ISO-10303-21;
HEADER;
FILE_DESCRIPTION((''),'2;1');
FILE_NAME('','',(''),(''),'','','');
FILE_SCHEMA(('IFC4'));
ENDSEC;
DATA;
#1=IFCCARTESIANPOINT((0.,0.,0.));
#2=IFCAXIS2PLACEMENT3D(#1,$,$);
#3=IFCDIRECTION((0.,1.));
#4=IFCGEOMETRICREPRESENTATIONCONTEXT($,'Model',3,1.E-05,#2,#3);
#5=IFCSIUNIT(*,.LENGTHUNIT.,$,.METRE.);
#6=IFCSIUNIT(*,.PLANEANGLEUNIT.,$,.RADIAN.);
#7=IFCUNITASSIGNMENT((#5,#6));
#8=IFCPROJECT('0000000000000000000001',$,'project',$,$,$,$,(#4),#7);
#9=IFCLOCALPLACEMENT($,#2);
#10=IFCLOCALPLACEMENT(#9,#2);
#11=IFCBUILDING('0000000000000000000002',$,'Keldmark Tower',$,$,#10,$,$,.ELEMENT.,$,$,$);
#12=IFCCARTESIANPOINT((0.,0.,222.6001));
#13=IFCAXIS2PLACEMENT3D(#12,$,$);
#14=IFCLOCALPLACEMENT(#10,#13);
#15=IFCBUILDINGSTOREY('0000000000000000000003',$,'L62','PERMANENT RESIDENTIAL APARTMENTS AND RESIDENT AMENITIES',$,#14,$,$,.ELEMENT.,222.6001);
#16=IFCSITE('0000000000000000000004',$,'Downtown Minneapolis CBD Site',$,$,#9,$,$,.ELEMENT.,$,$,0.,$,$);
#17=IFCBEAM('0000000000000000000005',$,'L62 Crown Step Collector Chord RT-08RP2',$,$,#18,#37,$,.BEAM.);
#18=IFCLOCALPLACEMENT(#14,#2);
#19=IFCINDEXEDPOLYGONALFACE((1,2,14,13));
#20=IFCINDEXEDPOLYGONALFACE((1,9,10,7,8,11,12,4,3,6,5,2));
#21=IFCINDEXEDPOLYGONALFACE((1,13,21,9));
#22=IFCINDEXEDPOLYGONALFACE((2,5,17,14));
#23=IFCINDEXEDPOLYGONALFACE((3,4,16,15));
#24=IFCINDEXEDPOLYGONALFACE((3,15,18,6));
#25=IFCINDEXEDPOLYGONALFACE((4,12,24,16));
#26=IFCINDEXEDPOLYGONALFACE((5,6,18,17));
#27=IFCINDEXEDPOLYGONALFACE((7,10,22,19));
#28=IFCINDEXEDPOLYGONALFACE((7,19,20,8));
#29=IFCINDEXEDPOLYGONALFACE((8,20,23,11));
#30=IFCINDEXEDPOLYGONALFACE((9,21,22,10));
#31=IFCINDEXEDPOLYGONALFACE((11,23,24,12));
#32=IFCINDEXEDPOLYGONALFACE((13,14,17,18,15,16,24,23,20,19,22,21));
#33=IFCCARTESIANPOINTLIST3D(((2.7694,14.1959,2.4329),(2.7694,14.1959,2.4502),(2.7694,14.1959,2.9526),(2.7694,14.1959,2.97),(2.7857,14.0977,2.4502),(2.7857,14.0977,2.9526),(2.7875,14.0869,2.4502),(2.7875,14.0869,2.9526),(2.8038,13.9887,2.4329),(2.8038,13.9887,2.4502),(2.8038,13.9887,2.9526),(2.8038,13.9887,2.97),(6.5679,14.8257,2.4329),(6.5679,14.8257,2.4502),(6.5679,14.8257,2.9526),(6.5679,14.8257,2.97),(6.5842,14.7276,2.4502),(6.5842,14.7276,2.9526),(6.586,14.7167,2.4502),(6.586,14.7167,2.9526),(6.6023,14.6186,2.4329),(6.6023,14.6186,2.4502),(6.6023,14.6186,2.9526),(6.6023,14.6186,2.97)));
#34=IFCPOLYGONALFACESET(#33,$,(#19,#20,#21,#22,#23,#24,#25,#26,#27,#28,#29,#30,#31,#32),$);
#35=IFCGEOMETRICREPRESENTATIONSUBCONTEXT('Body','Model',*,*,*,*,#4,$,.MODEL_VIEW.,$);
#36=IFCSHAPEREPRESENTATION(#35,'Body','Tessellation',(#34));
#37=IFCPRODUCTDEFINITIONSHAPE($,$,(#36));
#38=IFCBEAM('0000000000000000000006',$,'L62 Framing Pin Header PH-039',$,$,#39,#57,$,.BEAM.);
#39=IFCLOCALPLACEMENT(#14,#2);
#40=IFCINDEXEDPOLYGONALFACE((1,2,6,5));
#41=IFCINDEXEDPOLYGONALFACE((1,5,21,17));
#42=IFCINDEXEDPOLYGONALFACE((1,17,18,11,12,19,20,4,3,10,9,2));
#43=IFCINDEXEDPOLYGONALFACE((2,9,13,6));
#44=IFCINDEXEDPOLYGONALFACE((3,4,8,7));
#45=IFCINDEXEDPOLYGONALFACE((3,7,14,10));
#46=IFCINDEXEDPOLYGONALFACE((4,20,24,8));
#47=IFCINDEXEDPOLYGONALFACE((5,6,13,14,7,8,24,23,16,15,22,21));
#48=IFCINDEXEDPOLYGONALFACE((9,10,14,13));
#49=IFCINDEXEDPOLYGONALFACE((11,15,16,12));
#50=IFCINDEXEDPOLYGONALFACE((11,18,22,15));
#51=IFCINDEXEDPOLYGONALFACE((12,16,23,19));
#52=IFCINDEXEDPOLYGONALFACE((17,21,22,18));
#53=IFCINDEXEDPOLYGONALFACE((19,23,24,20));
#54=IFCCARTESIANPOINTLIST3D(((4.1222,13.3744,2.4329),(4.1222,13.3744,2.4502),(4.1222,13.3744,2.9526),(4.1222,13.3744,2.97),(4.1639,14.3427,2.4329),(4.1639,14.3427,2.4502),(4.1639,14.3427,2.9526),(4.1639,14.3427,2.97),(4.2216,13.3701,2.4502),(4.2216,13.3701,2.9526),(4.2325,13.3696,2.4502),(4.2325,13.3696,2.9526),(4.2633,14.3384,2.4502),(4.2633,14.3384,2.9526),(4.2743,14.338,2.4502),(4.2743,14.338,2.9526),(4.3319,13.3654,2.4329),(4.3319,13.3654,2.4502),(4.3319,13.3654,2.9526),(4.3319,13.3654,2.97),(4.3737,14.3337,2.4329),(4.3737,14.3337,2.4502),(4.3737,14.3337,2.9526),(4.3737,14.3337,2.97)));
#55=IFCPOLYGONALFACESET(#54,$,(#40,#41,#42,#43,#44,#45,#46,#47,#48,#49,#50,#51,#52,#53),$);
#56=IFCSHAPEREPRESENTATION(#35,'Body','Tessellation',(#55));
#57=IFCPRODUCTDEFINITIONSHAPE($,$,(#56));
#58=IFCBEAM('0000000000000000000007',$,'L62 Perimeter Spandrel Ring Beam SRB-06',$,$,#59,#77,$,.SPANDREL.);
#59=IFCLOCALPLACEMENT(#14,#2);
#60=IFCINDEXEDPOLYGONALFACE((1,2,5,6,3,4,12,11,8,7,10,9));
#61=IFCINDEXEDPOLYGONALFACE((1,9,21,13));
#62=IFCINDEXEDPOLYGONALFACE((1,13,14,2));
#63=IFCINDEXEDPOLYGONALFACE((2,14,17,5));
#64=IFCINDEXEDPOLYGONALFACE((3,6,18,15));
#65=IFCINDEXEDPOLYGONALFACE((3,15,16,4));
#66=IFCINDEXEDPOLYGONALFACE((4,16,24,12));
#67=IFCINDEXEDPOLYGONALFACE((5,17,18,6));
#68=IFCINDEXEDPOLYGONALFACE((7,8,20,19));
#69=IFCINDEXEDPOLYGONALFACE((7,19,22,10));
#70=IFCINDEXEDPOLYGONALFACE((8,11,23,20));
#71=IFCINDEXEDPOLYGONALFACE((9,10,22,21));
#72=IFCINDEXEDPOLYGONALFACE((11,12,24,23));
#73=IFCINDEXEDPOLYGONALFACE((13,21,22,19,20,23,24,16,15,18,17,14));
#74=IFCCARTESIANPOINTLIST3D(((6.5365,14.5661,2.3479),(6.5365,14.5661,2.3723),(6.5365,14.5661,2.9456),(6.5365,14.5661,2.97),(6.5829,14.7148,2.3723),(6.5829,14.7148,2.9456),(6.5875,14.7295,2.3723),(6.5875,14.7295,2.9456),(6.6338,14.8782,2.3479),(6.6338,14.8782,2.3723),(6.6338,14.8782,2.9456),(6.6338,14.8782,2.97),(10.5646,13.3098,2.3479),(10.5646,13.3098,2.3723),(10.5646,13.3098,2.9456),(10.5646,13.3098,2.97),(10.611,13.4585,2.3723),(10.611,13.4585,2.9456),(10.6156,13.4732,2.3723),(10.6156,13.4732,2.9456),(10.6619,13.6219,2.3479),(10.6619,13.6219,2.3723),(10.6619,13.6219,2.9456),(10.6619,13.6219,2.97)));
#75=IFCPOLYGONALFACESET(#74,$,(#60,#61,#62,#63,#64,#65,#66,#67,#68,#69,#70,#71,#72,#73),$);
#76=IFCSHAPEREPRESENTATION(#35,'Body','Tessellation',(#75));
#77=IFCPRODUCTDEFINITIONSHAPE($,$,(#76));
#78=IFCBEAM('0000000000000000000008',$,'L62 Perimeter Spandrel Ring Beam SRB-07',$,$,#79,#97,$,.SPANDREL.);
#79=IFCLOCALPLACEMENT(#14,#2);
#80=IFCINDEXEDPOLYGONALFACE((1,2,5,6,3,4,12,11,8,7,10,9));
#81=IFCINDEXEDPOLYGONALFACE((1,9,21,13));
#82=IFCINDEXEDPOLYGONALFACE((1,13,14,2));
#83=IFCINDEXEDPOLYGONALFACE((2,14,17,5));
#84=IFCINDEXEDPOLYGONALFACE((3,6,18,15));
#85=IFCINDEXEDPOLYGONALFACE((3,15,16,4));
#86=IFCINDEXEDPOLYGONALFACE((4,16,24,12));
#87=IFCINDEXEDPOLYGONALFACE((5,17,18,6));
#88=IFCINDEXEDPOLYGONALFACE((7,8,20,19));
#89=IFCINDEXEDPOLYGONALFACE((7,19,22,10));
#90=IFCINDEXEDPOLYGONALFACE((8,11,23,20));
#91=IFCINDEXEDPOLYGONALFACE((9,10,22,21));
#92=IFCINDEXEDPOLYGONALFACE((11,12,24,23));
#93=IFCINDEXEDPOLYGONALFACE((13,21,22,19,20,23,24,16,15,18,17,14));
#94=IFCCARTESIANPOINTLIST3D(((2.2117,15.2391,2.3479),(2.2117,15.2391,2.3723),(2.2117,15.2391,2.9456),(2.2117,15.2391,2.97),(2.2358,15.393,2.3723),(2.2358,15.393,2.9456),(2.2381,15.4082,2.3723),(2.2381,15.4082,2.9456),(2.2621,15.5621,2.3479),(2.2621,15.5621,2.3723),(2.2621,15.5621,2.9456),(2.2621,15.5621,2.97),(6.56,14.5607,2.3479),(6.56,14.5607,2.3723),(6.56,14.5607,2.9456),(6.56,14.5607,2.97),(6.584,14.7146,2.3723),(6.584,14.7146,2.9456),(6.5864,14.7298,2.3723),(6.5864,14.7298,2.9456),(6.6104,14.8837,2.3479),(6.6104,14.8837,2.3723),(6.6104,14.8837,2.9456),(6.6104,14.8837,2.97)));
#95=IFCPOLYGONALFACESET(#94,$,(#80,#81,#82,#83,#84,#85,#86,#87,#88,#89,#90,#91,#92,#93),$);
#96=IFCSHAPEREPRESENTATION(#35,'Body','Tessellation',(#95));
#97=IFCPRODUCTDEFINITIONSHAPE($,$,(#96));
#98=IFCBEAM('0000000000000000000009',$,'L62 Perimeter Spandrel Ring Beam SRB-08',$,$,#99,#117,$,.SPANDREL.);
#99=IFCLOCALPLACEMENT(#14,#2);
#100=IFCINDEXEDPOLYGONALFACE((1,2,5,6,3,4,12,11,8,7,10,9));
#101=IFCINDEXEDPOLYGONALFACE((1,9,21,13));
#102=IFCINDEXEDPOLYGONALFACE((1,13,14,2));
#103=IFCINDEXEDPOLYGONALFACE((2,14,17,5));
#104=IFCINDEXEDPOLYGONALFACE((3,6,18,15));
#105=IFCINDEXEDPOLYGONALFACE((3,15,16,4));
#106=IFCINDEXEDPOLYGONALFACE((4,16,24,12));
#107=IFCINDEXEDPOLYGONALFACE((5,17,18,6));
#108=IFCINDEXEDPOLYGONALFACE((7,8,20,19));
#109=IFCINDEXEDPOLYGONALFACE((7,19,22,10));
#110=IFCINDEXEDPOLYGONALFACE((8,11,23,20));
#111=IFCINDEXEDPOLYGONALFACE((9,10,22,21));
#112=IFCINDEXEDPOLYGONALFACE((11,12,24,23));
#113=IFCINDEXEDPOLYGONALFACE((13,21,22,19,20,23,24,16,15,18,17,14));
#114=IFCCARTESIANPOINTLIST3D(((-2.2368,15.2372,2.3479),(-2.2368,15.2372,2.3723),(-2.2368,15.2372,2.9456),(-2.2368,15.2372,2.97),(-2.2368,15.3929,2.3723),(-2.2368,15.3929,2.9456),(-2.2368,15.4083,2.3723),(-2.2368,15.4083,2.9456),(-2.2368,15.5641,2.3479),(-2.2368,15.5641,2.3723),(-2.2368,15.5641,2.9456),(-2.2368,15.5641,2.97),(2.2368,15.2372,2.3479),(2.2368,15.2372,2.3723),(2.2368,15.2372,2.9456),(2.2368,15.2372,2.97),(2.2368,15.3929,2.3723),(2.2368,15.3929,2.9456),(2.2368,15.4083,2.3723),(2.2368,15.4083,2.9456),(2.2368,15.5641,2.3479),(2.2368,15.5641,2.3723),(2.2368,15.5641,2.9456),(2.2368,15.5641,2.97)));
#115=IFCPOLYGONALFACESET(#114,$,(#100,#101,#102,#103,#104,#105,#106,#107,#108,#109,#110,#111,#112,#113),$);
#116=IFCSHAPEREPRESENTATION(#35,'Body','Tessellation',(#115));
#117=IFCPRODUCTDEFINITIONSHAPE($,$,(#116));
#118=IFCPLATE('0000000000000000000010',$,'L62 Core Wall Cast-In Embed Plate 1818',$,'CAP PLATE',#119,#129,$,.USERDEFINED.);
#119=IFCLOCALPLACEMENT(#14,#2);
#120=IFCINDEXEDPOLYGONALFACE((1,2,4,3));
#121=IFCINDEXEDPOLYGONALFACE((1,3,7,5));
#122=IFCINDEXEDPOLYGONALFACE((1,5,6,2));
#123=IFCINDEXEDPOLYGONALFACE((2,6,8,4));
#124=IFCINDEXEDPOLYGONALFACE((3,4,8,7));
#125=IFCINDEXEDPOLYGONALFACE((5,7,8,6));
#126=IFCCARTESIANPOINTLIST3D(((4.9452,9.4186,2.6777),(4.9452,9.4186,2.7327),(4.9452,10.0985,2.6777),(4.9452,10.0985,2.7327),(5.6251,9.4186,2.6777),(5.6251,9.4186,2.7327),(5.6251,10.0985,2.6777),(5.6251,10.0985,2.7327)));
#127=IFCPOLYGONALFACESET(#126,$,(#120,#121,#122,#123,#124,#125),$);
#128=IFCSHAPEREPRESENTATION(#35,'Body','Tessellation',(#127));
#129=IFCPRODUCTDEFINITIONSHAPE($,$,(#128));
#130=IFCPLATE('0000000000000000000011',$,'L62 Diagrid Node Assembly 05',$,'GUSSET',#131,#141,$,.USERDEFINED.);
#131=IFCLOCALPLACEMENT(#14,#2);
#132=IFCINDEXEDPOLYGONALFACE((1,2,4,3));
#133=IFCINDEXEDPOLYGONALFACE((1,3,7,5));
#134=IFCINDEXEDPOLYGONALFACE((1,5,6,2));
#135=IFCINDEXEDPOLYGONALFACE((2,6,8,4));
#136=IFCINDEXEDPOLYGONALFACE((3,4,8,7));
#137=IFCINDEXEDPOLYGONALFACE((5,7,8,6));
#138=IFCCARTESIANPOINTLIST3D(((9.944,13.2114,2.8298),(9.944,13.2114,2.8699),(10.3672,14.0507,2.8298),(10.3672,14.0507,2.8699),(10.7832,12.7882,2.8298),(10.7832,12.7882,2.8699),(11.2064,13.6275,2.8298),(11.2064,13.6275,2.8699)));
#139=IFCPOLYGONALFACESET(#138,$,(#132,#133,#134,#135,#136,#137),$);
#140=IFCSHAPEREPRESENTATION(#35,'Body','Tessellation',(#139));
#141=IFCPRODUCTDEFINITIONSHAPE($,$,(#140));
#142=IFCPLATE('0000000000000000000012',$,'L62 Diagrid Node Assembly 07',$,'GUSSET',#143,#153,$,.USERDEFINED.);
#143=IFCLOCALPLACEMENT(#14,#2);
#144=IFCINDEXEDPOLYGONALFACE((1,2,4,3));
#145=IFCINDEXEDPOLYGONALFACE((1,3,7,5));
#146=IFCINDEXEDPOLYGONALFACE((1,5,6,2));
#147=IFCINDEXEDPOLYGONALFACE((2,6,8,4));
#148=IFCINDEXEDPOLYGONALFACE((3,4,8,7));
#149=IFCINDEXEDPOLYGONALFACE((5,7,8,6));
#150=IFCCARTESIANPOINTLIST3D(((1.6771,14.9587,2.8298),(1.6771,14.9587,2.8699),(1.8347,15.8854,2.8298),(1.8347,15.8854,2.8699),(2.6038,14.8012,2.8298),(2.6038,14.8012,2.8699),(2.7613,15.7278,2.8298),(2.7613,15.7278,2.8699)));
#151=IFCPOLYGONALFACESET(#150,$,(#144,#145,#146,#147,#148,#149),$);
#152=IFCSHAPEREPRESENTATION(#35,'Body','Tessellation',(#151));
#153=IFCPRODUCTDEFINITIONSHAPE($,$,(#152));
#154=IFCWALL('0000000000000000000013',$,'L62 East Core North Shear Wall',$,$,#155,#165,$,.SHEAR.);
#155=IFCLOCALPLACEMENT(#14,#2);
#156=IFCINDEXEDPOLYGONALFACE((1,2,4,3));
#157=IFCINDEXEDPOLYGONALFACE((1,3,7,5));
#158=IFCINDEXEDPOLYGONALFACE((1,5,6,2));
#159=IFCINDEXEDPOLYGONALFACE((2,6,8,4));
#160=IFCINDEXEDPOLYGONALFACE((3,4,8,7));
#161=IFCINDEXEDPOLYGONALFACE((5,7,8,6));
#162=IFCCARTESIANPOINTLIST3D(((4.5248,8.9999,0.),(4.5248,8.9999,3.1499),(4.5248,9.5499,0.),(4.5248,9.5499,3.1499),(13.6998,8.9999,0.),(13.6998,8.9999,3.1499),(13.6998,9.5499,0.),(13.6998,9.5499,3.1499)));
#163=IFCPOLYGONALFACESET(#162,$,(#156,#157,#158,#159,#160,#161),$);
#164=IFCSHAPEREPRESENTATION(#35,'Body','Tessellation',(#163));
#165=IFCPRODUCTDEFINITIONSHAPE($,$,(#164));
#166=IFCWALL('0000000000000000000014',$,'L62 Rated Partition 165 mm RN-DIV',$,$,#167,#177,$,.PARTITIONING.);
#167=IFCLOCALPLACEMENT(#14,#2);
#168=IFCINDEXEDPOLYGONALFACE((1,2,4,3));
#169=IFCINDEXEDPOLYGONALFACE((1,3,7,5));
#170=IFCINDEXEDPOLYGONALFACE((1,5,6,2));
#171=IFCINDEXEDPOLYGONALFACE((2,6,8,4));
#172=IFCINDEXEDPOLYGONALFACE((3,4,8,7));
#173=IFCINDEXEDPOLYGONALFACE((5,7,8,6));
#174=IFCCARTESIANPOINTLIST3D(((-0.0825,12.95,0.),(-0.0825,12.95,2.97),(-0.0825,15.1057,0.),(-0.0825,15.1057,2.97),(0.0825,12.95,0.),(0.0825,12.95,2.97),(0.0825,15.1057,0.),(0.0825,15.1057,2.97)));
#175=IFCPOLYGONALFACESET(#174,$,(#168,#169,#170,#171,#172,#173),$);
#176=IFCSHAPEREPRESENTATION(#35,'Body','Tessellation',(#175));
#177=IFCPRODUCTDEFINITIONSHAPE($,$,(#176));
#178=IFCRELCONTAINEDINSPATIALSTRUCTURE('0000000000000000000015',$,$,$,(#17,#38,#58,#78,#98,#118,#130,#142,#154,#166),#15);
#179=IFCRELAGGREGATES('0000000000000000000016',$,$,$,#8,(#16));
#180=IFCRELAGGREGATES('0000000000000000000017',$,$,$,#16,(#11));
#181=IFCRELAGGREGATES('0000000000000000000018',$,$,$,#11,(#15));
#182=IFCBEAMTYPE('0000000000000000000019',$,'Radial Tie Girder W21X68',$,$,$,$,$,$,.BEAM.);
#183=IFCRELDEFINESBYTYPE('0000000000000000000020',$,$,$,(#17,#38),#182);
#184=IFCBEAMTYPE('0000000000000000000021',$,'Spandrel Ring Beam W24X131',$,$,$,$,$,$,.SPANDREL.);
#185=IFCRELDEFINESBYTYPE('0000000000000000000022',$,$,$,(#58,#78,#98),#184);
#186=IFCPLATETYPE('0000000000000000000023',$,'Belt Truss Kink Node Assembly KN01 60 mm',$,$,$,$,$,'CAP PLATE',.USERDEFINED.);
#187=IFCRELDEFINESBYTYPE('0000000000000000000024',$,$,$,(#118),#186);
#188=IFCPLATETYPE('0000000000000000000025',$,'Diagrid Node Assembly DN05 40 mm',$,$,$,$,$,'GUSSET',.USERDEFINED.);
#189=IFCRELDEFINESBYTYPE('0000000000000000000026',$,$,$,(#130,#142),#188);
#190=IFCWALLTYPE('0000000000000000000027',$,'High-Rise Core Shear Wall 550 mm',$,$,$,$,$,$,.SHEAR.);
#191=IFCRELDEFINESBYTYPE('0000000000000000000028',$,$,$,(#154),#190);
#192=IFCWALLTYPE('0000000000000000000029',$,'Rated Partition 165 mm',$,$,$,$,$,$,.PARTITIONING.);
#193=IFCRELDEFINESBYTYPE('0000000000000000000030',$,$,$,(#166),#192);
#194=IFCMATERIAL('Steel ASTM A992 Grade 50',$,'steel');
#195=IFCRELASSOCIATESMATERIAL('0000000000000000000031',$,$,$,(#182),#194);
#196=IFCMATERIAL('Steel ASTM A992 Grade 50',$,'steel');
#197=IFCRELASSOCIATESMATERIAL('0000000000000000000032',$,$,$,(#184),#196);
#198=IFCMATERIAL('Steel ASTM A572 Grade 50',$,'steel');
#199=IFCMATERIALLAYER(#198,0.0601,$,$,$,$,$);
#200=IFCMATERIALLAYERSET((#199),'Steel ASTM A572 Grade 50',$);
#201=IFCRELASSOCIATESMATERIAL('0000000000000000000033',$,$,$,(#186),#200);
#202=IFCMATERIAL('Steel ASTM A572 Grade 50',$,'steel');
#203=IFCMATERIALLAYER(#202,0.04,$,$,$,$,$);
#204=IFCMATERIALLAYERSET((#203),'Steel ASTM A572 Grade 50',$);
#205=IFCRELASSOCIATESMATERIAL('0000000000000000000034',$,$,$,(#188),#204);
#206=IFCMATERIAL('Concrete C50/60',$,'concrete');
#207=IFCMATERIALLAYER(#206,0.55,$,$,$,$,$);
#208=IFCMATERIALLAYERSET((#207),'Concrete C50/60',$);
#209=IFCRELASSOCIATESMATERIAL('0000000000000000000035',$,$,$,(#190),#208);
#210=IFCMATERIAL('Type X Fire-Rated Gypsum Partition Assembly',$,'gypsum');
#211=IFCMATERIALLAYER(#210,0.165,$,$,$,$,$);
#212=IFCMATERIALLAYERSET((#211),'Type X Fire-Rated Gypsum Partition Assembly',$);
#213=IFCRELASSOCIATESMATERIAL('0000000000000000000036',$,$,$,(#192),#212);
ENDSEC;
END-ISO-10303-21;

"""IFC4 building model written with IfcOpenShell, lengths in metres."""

from ifc_helpers import new_model, si_unit, direction, frame, frame_2d, origin, origin_2d, place, context, subcontext, project, spatial, rectangle, i_section, extrude, material, layer, layer_set, material_profile, profile_set, type_object, element, save


model = new_model("IFC4")

# Units and contexts
model_context = context("Model", 3, precision=1e-05, world=origin(), true_north=direction((0.0, 1.0)))
body_context = subcontext(model_context, "Body", "Model", "MODEL_VIEW")
ifc_project = project(units=[si_unit("LENGTHUNIT", "METRE"), si_unit("PLANEANGLEUNIT", "RADIAN")], contexts=[model_context])

# Site, building, storey
site_placement = place(None, origin())
site = spatial("IfcSite", under=ifc_project, at=site_placement, Name="Downtown Minneapolis CBD Site", CompositionType="ELEMENT", RefElevation=0.0)
building_placement = place(site_placement, origin())
building = spatial("IfcBuilding", under=site, at=building_placement, Name="Keldmark Tower", CompositionType="ELEMENT")
storey_placement = place(building_placement, frame((0.0, 0.0, 222.6001)))
storey = spatial("IfcBuildingStorey", under=building, at=storey_placement, Name="L62", Description="PERMANENT RESIDENTIAL APARTMENTS AND RESIDENT AMENITIES", CompositionType="ELEMENT", Elevation=222.6001)

# Beams
ifc_material_1 = material(Name="Steel ASTM A992 Grade 50", Category="steel")
ifc_material_profile_1 = material_profile(ifc_material_1, i_section(OverallWidth=0.21, OverallDepth=0.5371, WebThickness=0.011, FlangeThickness=0.0173, at=origin_2d()), Name="W21X68")
ifc_profile_set_1 = profile_set([ifc_material_profile_1], Name="Steel ASTM A992 Grade 50")
beam_type_1 = type_object("IfcBeamType", Name="Radial Tie Girder W21X68", PredefinedType="BEAM", material=ifc_profile_set_1)
beam_1_placement = place(storey_placement, frame((2.7866, 14.0923, 2.7014), z_axis=(0.986529, 0.163587, 0.0), x_axis=(-0.163587, 0.986529, 0.0)))
element("IfcBeam", 1, at=beam_1_placement, inside=storey, type_object=beam_type_1, Name="L62 Crown Step Collector Chord RT-08RP2", PredefinedType="BEAM", context=body_context, shape_type="SweptSolid", body=[
    extrude(i_section(OverallWidth=0.21, OverallDepth=0.5371, WebThickness=0.011, FlangeThickness=0.0173, at=origin_2d()), origin(), (0.0, 0.0, 1.0), 3.8503),
])
beam_2_placement = place(storey_placement, frame((4.2271, 13.3699, 2.7014), z_axis=(0.043076, 0.999072, 0.0), x_axis=(-0.999072, 0.043076, 0.0)))
element("IfcBeam", 2, at=beam_2_placement, inside=storey, type_object=beam_type_1, Name="L62 Framing Pin Header PH-039", PredefinedType="BEAM", context=body_context, shape_type="SweptSolid", body=[
    extrude(i_section(OverallWidth=0.21, OverallDepth=0.5371, WebThickness=0.011, FlangeThickness=0.0173, at=origin_2d()), origin(), (0.0, 0.0, 1.0), 0.9692),
])
ifc_material_2 = material(Name="Steel ASTM A992 Grade 50", Category="steel")
ifc_material_profile_2 = material_profile(ifc_material_2, i_section(OverallWidth=0.3269, OverallDepth=0.6221, WebThickness=0.0154, FlangeThickness=0.0244, at=origin_2d()), Name="W24X131")
ifc_profile_set_2 = profile_set([ifc_material_profile_2], Name="Steel ASTM A992 Grade 50")
beam_type_2 = type_object("IfcBeamType", Name="Spandrel Ring Beam W24X131", PredefinedType="SPANDREL", material=ifc_profile_set_2)
beam_3_placement = place(storey_placement, frame((10.6133, 13.4658, 2.6589), z_axis=(-0.954644, 0.297751, 0.0), x_axis=(-0.297751, -0.954644, 0.0)))
element("IfcBeam", 3, at=beam_3_placement, inside=storey, type_object=beam_type_2, Name="L62 Perimeter Spandrel Ring Beam SRB-06", PredefinedType="SPANDREL", context=body_context, shape_type="SweptSolid", body=[
    extrude(i_section(OverallWidth=0.3269, OverallDepth=0.6221, WebThickness=0.0154, FlangeThickness=0.0244, at=origin_2d()), origin(), (0.0, 0.0, 1.0), 4.2195),
])
beam_4_placement = place(storey_placement, frame((6.5852, 14.7222, 2.6589), z_axis=(-0.988046, 0.154162, 0.0), x_axis=(-0.154162, -0.988046, 0.0)))
element("IfcBeam", 4, at=beam_4_placement, inside=storey, type_object=beam_type_2, Name="L62 Perimeter Spandrel Ring Beam SRB-07", PredefinedType="SPANDREL", context=body_context, shape_type="SweptSolid", body=[
    extrude(i_section(OverallWidth=0.3269, OverallDepth=0.6221, WebThickness=0.0154, FlangeThickness=0.0244, at=origin_2d()), origin(), (0.0, 0.0, 1.0), 4.4009),
])
beam_5_placement = place(storey_placement, frame((2.2368, 15.4006, 2.6589), z_axis=(-1.0, 0.0, 0.0), x_axis=(0.0, -1.0, 0.0)))
element("IfcBeam", 5, at=beam_5_placement, inside=storey, type_object=beam_type_2, Name="L62 Perimeter Spandrel Ring Beam SRB-08", PredefinedType="SPANDREL", context=body_context, shape_type="SweptSolid", body=[
    extrude(i_section(OverallWidth=0.3269, OverallDepth=0.6221, WebThickness=0.0154, FlangeThickness=0.0244, at=origin_2d()), origin(), (0.0, 0.0, 1.0), 4.4736),
])

# Plates
ifc_material_3 = material(Name="Steel ASTM A572 Grade 50", Category="steel")
ifc_layer_1 = layer(ifc_material_3, 0.0601)
ifc_layer_set_1 = layer_set([ifc_layer_1], Name="Steel ASTM A572 Grade 50")
plate_type_1 = type_object("IfcPlateType", Name="Belt Truss Kink Node Assembly KN01 60 mm", ElementType="CAP PLATE", PredefinedType="USERDEFINED", material=ifc_layer_set_1)
plate_placement = place(storey_placement, frame((5.2852, 9.7585, 2.6777), z_axis=(0.0, 0.0, 1.0), x_axis=(1.0, 0.0, 0.0)))
element("IfcPlate", 6, at=plate_placement, inside=storey, type_object=plate_type_1, Name="L62 Core Wall Cast-In Embed Plate 1818", ObjectType="CAP PLATE", PredefinedType="USERDEFINED", context=body_context, shape_type="SweptSolid", body=[
    extrude(rectangle(XDim=0.6799, YDim=0.6799, at=origin_2d()), origin(), (0.0, 0.0, 1.0), 0.0549),
])
ifc_material_4 = material(Name="Steel ASTM A572 Grade 50", Category="steel")
ifc_layer_2 = layer(ifc_material_4, 0.04)
ifc_layer_set_2 = layer_set([ifc_layer_2], Name="Steel ASTM A572 Grade 50")
plate_type_2 = type_object("IfcPlateType", Name="Diagrid Node Assembly DN05 40 mm", ElementType="GUSSET", PredefinedType="USERDEFINED", material=ifc_layer_set_2)
for number, where, z_axis, x_axis, name in (
    (7, (10.5752, 13.4194, 2.8298), (0.0, 0.0, 1.0), (-0.8929, 0.450254, 0.0), "L62 Diagrid Node Assembly 05"),
    (8, (2.2192, 15.3433, 2.8298), (0.0, 0.0, 1.0), (-0.98585, 0.167629, 0.0), "L62 Diagrid Node Assembly 07"),
):
    element("IfcPlate", number, at=place(storey_placement, frame(where, z_axis=z_axis, x_axis=x_axis)), inside=storey, type_object=plate_type_2, Name=name, ObjectType="GUSSET", PredefinedType="USERDEFINED", context=body_context, shape_type="SweptSolid", body=[
        extrude(rectangle(XDim=0.9399, YDim=0.9399, at=origin_2d()), origin(), (0.0, 0.0, 1.0), 0.04),
    ])

# Walls
ifc_material_5 = material(Name="Concrete C50/60", Category="concrete")
ifc_layer_3 = layer(ifc_material_5, 0.55)
ifc_layer_set_3 = layer_set([ifc_layer_3], Name="Concrete C50/60")
wall_type_1 = type_object("IfcWallType", Name="High-Rise Core Shear Wall 550 mm", PredefinedType="SHEAR", material=ifc_layer_set_3)
wall_1_placement = place(storey_placement, frame((4.5249, 9.2749, 0.0), z_axis=(0.0, 0.0, 1.0), x_axis=(1.0, 0.0, 0.0)))
element("IfcWall", 9, at=wall_1_placement, inside=storey, type_object=wall_type_1, Name="L62 East Core North Shear Wall", PredefinedType="SHEAR", context=body_context, shape_type="SweptSolid", body=[
    extrude(rectangle(XDim=9.175, YDim=0.55, at=frame_2d((4.5874, 0.0))), origin(), (0.0, 0.0, 1.0), 3.1499),
])
ifc_material_6 = material(Name="Type X Fire-Rated Gypsum Partition Assembly", Category="gypsum")
ifc_layer_4 = layer(ifc_material_6, 0.165)
ifc_layer_set_4 = layer_set([ifc_layer_4], Name="Type X Fire-Rated Gypsum Partition Assembly")
wall_type_2 = type_object("IfcWallType", Name="Rated Partition 165 mm", PredefinedType="PARTITIONING", material=ifc_layer_set_4)
wall_2_placement = place(storey_placement, frame((0.0, 12.95, 0.0), z_axis=(0.0, 0.0, 1.0), x_axis=(0.0, 1.0, 0.0)))
element("IfcWall", 10, at=wall_2_placement, inside=storey, type_object=wall_type_2, Name="L62 Rated Partition 165 mm RN-DIV", PredefinedType="PARTITIONING", context=body_context, shape_type="SweptSolid", body=[
    extrude(rectangle(XDim=2.1558, YDim=0.165, at=frame_2d((1.0779, 0.0))), origin(), (0.0, 0.0, 1.0), 2.97),
])

save(model, "model.ifc")
